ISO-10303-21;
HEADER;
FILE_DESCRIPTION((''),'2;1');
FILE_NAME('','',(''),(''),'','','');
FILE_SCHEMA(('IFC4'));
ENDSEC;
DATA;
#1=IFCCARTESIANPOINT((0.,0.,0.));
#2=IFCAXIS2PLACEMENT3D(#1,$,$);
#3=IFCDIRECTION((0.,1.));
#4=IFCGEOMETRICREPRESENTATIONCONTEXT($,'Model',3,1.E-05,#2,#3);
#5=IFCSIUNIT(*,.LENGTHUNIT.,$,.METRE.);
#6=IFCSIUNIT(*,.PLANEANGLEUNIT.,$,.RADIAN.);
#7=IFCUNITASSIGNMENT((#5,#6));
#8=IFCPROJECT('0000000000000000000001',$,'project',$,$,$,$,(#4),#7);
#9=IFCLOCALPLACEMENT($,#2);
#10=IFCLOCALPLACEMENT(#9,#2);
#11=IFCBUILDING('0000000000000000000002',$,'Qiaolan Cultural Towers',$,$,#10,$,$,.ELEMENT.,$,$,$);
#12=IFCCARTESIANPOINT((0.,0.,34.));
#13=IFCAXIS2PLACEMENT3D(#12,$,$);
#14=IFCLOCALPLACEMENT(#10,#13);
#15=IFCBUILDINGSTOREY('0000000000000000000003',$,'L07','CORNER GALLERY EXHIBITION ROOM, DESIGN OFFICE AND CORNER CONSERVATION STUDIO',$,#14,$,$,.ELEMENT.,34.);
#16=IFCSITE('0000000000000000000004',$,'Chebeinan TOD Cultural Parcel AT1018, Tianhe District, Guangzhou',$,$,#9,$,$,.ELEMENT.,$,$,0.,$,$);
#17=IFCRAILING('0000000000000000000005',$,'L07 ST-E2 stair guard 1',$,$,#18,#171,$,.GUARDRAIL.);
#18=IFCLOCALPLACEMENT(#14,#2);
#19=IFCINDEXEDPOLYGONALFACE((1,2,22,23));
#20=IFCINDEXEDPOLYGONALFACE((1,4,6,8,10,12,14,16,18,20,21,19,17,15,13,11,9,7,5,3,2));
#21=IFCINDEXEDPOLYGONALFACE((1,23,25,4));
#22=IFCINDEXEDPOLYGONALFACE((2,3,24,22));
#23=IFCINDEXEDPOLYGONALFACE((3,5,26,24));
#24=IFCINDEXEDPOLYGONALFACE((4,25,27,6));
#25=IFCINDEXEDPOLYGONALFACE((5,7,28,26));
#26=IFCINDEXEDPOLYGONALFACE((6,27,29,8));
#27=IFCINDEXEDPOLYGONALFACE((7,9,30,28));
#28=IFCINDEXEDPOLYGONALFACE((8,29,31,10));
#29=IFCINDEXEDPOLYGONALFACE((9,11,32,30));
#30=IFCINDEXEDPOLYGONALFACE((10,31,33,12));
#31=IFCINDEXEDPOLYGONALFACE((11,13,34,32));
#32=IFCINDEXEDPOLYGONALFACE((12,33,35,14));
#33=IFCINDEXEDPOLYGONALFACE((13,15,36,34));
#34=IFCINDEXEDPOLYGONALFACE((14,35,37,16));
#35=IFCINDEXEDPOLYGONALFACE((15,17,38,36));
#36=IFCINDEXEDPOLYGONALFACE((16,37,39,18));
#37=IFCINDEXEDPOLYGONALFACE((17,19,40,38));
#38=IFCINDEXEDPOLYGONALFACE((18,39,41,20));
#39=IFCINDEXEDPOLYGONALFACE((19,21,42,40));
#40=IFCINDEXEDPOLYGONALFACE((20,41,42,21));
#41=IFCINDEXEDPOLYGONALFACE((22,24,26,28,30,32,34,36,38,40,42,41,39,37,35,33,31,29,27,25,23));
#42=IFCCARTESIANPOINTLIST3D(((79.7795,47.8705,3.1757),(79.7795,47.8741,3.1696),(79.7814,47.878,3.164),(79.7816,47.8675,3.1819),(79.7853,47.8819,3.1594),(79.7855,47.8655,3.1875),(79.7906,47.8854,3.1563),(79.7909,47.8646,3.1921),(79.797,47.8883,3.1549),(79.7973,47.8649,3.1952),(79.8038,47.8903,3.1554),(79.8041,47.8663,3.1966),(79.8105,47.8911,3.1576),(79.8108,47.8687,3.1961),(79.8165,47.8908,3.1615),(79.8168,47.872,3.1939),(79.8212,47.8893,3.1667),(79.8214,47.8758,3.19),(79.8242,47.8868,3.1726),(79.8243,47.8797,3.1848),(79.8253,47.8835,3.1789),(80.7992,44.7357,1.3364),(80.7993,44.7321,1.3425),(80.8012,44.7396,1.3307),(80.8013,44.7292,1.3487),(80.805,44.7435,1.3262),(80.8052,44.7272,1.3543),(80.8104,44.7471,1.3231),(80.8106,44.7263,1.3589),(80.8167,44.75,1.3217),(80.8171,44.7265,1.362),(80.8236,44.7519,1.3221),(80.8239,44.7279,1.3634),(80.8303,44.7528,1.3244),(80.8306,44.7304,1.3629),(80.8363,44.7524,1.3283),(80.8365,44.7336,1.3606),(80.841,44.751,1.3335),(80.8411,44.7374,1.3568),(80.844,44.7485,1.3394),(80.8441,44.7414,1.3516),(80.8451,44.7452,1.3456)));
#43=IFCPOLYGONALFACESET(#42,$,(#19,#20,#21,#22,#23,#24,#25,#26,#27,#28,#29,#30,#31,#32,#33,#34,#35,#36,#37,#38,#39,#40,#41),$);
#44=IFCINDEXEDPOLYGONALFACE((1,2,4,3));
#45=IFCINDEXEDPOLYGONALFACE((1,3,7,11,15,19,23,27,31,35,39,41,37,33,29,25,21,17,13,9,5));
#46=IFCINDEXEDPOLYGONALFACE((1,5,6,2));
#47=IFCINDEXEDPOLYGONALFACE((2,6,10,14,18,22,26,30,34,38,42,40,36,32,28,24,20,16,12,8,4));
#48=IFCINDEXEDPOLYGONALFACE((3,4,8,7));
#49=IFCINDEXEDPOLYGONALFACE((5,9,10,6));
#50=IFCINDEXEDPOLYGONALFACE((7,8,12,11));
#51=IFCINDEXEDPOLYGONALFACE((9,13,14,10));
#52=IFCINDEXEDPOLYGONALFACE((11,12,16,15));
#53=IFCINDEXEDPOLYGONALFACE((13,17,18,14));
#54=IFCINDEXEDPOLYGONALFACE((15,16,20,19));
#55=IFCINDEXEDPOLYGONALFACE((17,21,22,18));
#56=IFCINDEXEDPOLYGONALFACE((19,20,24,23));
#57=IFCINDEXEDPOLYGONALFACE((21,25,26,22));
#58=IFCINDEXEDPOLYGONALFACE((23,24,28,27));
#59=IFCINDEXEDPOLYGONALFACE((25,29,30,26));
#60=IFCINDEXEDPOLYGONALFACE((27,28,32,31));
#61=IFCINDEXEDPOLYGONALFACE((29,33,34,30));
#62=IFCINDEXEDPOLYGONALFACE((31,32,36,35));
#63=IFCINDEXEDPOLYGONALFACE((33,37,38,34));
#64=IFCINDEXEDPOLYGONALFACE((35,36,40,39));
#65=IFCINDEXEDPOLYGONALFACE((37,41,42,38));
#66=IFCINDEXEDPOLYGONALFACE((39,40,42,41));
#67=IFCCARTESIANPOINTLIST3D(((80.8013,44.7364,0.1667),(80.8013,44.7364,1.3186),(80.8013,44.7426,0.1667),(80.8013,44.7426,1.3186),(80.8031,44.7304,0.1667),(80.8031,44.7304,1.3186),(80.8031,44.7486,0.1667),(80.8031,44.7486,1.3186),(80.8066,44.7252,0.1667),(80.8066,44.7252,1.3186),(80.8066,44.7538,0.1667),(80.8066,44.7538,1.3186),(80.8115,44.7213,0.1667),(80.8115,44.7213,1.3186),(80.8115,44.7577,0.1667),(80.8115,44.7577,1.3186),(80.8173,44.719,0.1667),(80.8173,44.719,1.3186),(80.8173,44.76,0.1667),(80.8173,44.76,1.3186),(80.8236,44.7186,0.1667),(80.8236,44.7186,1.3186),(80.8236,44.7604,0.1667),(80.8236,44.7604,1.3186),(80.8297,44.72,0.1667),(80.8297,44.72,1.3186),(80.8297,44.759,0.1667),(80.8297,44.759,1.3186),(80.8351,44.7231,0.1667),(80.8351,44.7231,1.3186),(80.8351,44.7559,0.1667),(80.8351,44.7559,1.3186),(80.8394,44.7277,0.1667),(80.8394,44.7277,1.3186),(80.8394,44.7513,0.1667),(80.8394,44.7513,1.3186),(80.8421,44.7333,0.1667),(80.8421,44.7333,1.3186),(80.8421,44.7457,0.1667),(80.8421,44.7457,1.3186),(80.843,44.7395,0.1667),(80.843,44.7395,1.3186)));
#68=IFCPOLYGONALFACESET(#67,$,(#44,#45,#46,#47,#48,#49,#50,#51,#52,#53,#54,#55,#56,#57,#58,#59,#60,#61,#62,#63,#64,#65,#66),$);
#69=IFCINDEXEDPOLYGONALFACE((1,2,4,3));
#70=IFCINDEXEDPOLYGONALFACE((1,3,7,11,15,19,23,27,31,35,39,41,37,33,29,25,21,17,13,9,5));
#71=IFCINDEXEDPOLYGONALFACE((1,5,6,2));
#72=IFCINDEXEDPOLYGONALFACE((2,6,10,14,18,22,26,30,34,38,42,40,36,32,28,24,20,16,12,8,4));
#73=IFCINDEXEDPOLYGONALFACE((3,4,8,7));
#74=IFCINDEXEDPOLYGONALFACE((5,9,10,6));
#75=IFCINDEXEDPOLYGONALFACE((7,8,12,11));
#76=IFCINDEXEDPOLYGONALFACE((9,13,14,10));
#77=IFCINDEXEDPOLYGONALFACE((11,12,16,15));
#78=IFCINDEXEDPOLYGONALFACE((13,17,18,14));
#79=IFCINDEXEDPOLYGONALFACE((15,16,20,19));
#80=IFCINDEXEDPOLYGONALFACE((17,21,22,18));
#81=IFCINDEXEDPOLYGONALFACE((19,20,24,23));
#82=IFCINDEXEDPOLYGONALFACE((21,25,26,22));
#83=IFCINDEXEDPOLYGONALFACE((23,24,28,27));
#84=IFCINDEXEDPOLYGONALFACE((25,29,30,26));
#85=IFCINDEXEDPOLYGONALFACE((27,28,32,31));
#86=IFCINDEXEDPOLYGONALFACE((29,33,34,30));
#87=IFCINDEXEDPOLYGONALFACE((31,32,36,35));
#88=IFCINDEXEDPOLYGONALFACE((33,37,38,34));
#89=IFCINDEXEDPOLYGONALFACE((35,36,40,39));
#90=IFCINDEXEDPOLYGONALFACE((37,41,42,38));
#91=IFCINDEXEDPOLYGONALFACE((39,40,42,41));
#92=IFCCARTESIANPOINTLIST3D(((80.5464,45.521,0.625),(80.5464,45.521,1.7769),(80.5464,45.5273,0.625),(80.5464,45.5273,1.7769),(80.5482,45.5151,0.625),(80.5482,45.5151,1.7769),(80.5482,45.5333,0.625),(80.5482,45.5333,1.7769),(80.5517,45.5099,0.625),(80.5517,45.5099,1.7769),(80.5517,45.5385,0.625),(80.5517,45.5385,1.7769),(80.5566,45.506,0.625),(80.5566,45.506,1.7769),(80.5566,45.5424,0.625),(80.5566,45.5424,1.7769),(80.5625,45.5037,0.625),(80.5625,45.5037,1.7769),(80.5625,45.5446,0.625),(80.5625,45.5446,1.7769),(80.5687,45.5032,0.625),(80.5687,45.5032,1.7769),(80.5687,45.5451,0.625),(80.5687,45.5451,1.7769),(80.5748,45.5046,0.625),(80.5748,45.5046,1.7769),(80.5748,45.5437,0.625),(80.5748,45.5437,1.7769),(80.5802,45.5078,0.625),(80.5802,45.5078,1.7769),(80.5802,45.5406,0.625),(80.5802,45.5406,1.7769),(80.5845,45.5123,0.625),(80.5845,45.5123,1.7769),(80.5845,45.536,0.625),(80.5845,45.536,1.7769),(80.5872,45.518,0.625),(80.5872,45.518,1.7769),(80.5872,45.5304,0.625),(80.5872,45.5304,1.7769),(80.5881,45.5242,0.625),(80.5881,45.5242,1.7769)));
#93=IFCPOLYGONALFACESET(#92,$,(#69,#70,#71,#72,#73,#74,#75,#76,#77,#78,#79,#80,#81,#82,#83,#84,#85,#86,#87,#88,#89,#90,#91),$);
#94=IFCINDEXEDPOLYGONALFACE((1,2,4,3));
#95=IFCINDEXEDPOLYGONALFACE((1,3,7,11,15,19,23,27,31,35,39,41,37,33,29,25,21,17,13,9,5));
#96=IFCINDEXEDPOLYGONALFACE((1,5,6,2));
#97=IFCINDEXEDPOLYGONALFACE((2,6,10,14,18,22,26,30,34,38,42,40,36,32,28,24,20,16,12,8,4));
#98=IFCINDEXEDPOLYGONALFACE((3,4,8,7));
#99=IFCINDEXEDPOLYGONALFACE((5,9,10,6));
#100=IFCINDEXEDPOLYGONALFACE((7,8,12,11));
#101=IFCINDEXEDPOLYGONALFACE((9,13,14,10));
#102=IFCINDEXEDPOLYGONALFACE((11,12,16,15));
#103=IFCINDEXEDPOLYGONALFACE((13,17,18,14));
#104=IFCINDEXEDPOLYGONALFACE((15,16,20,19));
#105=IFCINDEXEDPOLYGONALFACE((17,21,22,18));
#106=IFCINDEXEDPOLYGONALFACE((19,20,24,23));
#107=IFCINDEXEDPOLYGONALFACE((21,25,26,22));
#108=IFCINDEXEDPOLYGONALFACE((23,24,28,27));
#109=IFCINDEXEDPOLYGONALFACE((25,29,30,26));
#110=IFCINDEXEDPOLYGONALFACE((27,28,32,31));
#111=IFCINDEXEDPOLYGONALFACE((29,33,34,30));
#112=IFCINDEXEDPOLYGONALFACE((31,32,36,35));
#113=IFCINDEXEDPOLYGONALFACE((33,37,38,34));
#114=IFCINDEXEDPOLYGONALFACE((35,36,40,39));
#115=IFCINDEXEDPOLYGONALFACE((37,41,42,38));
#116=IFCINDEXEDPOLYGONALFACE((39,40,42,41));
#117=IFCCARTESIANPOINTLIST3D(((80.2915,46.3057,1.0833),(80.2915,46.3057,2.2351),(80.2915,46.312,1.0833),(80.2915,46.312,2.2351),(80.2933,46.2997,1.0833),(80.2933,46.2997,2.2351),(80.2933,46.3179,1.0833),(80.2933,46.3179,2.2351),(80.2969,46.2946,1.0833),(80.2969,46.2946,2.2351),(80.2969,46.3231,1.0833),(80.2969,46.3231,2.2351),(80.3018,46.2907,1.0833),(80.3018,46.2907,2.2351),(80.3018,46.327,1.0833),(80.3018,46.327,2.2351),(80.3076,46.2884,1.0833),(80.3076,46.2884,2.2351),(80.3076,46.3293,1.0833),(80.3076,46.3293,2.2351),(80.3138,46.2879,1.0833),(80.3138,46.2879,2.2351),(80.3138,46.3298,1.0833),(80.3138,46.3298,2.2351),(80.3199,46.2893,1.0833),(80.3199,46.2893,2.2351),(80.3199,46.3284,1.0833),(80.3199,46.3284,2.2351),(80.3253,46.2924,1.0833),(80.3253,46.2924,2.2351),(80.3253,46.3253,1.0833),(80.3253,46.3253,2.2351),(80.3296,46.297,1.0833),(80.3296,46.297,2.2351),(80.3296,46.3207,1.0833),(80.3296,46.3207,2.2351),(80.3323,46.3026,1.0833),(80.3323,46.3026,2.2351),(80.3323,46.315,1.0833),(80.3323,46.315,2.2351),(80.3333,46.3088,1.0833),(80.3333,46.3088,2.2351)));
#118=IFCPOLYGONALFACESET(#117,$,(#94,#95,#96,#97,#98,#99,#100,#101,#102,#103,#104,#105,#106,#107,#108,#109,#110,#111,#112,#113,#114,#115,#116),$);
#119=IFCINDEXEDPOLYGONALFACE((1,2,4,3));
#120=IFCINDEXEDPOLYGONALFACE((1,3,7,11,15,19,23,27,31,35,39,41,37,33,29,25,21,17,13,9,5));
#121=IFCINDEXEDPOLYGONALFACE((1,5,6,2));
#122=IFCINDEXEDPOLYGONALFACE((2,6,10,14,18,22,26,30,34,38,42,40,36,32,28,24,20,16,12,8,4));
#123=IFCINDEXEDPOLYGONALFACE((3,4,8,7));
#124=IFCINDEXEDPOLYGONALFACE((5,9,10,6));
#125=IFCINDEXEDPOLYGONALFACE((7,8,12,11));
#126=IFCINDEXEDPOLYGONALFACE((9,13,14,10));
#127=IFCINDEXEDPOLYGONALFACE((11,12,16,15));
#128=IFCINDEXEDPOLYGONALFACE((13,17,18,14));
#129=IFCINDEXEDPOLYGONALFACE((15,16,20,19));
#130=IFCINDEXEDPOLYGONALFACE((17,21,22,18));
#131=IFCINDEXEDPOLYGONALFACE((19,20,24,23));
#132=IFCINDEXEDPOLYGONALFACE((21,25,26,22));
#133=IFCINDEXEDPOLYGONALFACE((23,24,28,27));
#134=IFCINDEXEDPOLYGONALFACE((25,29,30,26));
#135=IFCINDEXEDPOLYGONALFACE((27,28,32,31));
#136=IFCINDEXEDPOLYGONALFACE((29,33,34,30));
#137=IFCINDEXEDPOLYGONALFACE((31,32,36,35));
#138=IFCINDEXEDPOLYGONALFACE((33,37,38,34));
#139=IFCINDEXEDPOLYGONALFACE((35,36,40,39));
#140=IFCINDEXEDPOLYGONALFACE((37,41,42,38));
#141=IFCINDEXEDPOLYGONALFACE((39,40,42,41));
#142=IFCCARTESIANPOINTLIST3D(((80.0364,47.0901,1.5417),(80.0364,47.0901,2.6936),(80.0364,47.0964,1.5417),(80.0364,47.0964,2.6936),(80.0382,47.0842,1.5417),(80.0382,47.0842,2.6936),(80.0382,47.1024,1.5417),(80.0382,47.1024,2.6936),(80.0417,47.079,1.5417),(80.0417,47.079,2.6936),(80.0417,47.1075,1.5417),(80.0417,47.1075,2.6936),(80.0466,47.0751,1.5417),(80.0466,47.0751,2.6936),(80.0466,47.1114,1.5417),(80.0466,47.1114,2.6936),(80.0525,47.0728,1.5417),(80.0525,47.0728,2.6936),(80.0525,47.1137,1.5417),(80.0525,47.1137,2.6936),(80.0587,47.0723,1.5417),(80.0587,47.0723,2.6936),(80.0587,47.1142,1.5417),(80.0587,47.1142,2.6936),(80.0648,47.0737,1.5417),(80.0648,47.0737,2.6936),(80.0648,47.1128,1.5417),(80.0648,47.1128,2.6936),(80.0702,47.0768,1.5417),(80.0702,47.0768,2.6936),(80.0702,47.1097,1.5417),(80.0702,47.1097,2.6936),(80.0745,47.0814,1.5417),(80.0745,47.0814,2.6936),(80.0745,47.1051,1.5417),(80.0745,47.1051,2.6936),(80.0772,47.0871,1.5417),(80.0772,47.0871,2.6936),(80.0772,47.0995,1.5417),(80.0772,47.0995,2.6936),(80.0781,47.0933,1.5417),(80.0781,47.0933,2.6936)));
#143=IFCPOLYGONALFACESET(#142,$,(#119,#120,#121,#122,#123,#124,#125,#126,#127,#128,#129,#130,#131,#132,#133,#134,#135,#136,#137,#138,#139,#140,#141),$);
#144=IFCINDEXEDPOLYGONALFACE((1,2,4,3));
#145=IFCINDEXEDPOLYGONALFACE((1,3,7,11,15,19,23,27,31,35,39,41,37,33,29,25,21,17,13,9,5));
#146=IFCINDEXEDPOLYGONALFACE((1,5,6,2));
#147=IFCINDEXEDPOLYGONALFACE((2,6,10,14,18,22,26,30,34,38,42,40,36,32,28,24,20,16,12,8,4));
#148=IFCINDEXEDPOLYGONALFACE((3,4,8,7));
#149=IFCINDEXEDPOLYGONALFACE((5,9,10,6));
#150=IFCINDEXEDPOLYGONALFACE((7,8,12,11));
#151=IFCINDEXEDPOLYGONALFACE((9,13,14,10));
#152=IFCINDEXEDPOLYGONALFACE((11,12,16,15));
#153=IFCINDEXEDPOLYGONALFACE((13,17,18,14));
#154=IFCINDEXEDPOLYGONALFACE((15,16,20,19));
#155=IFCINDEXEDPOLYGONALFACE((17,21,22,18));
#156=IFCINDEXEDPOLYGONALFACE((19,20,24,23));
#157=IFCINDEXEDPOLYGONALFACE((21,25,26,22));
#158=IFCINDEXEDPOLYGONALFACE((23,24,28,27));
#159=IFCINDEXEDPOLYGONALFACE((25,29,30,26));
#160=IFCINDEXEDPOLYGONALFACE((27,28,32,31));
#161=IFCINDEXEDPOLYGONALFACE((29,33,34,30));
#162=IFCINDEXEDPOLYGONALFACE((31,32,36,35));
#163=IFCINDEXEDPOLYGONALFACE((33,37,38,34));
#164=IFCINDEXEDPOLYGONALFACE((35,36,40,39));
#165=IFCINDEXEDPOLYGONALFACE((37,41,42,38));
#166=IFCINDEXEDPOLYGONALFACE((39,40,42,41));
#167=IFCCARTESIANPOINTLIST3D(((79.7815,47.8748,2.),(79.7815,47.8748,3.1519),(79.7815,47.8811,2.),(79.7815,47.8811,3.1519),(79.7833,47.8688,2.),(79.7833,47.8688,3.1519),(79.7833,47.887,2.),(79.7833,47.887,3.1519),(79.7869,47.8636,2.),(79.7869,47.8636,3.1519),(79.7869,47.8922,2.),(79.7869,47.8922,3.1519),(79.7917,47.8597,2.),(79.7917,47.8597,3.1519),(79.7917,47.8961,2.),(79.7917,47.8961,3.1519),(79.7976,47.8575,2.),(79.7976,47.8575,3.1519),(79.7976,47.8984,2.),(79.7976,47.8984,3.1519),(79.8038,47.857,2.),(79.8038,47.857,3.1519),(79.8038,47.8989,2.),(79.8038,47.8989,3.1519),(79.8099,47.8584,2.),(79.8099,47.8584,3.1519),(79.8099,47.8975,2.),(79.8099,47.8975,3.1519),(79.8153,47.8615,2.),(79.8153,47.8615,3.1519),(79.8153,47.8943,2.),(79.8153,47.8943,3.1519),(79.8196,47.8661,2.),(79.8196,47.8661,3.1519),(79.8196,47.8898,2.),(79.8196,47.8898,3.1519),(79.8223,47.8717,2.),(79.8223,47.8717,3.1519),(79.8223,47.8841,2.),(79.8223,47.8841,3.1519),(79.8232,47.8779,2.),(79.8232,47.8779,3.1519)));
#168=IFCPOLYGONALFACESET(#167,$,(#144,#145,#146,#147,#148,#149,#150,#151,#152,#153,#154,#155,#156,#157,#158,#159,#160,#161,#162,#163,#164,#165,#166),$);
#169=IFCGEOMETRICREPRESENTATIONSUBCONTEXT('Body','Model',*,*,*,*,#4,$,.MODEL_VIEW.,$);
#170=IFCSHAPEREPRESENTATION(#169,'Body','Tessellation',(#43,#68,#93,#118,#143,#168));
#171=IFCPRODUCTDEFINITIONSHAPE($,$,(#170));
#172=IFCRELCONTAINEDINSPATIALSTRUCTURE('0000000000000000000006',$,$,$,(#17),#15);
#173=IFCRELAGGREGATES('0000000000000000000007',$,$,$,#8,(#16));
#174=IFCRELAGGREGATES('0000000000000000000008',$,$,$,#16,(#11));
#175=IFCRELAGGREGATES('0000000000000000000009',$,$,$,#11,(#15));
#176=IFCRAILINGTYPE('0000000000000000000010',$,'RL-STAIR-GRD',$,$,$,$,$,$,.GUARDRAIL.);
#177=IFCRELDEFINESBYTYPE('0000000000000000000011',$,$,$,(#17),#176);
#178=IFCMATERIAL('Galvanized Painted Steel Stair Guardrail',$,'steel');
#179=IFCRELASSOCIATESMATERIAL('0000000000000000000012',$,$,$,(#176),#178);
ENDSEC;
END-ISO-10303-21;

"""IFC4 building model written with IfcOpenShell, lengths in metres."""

from ifc_helpers import new_model, si_unit, direction, frame, origin, origin_2d, place, context, subcontext, project, spatial, circle, extrude, material, type_object, element, save


model = new_model("IFC4")

# Units and contexts
model_context = context("Model", 3, precision=1e-05, world=origin(), true_north=direction((0.0, 1.0)))
body_context = subcontext(model_context, "Body", "Model", "MODEL_VIEW")
ifc_project = project(units=[si_unit("LENGTHUNIT", "METRE"), si_unit("PLANEANGLEUNIT", "RADIAN")], contexts=[model_context])

# Site, building, storey
site_placement = place(None, origin())
site = spatial("IfcSite", under=ifc_project, at=site_placement, Name="Chebeinan TOD Cultural Parcel AT1018, Tianhe District, Guangzhou", CompositionType="ELEMENT", RefElevation=0.0)
building_placement = place(site_placement, origin())
building = spatial("IfcBuilding", under=site, at=building_placement, Name="Qiaolan Cultural Towers", CompositionType="ELEMENT")
storey_placement = place(building_placement, frame((0.0, 0.0, 34.0)))
storey = spatial("IfcBuildingStorey", under=building, at=storey_placement, Name="L07", Description="CORNER GALLERY EXHIBITION ROOM, DESIGN OFFICE AND CORNER CONSERVATION STUDIO", CompositionType="ELEMENT", Elevation=34.0)

# Railing
ifc_material_1 = material(Name="Galvanized Painted Steel Stair Guardrail", Category="steel")
railing_type_1 = type_object("IfcRailingType", Name="RL-STAIR-GRD", PredefinedType="GUARDRAIL", material=ifc_material_1)
railing_1_placement = place(storey_placement, frame((80.822, 44.7395, 0.1667)))
element("IfcRailing", 1, at=railing_1_placement, inside=storey, type_object=railing_type_1, Name="L07 ST-E2 stair guard 1", PredefinedType="GUARDRAIL", context=body_context, shape_type="SweptSolid", body=[
    extrude(circle(Radius=0.0239, at=origin_2d()), frame((0.0, 0.0, 1.1758), z_axis=(-0.270141, 0.831376, 0.485632), x_axis=(-0.951053, -0.309028, 0.0)), (0.0, 0.0, 1.0), 3.7749),
    extrude(circle(Radius=0.021, at=origin_2d()), origin(), (0.0, 0.0, 1.0), 1.1519),
    extrude(circle(Radius=0.021, at=origin_2d()), frame((-0.2549, 0.7847, 0.4583)), (0.0, 0.0, 1.0), 1.1519),
    extrude(circle(Radius=0.021, at=origin_2d()), frame((-0.5098, 1.5693, 0.9165)), (0.0, 0.0, 1.0), 1.1519),
    extrude(circle(Radius=0.021, at=origin_2d()), frame((-0.7649, 2.3538, 1.375)), (0.0, 0.0, 1.0), 1.1519),
    extrude(circle(Radius=0.021, at=origin_2d()), frame((-1.0198, 3.1384, 1.8333)), (0.0, 0.0, 1.0), 1.1519),
])

save(model, "model.ifc")
